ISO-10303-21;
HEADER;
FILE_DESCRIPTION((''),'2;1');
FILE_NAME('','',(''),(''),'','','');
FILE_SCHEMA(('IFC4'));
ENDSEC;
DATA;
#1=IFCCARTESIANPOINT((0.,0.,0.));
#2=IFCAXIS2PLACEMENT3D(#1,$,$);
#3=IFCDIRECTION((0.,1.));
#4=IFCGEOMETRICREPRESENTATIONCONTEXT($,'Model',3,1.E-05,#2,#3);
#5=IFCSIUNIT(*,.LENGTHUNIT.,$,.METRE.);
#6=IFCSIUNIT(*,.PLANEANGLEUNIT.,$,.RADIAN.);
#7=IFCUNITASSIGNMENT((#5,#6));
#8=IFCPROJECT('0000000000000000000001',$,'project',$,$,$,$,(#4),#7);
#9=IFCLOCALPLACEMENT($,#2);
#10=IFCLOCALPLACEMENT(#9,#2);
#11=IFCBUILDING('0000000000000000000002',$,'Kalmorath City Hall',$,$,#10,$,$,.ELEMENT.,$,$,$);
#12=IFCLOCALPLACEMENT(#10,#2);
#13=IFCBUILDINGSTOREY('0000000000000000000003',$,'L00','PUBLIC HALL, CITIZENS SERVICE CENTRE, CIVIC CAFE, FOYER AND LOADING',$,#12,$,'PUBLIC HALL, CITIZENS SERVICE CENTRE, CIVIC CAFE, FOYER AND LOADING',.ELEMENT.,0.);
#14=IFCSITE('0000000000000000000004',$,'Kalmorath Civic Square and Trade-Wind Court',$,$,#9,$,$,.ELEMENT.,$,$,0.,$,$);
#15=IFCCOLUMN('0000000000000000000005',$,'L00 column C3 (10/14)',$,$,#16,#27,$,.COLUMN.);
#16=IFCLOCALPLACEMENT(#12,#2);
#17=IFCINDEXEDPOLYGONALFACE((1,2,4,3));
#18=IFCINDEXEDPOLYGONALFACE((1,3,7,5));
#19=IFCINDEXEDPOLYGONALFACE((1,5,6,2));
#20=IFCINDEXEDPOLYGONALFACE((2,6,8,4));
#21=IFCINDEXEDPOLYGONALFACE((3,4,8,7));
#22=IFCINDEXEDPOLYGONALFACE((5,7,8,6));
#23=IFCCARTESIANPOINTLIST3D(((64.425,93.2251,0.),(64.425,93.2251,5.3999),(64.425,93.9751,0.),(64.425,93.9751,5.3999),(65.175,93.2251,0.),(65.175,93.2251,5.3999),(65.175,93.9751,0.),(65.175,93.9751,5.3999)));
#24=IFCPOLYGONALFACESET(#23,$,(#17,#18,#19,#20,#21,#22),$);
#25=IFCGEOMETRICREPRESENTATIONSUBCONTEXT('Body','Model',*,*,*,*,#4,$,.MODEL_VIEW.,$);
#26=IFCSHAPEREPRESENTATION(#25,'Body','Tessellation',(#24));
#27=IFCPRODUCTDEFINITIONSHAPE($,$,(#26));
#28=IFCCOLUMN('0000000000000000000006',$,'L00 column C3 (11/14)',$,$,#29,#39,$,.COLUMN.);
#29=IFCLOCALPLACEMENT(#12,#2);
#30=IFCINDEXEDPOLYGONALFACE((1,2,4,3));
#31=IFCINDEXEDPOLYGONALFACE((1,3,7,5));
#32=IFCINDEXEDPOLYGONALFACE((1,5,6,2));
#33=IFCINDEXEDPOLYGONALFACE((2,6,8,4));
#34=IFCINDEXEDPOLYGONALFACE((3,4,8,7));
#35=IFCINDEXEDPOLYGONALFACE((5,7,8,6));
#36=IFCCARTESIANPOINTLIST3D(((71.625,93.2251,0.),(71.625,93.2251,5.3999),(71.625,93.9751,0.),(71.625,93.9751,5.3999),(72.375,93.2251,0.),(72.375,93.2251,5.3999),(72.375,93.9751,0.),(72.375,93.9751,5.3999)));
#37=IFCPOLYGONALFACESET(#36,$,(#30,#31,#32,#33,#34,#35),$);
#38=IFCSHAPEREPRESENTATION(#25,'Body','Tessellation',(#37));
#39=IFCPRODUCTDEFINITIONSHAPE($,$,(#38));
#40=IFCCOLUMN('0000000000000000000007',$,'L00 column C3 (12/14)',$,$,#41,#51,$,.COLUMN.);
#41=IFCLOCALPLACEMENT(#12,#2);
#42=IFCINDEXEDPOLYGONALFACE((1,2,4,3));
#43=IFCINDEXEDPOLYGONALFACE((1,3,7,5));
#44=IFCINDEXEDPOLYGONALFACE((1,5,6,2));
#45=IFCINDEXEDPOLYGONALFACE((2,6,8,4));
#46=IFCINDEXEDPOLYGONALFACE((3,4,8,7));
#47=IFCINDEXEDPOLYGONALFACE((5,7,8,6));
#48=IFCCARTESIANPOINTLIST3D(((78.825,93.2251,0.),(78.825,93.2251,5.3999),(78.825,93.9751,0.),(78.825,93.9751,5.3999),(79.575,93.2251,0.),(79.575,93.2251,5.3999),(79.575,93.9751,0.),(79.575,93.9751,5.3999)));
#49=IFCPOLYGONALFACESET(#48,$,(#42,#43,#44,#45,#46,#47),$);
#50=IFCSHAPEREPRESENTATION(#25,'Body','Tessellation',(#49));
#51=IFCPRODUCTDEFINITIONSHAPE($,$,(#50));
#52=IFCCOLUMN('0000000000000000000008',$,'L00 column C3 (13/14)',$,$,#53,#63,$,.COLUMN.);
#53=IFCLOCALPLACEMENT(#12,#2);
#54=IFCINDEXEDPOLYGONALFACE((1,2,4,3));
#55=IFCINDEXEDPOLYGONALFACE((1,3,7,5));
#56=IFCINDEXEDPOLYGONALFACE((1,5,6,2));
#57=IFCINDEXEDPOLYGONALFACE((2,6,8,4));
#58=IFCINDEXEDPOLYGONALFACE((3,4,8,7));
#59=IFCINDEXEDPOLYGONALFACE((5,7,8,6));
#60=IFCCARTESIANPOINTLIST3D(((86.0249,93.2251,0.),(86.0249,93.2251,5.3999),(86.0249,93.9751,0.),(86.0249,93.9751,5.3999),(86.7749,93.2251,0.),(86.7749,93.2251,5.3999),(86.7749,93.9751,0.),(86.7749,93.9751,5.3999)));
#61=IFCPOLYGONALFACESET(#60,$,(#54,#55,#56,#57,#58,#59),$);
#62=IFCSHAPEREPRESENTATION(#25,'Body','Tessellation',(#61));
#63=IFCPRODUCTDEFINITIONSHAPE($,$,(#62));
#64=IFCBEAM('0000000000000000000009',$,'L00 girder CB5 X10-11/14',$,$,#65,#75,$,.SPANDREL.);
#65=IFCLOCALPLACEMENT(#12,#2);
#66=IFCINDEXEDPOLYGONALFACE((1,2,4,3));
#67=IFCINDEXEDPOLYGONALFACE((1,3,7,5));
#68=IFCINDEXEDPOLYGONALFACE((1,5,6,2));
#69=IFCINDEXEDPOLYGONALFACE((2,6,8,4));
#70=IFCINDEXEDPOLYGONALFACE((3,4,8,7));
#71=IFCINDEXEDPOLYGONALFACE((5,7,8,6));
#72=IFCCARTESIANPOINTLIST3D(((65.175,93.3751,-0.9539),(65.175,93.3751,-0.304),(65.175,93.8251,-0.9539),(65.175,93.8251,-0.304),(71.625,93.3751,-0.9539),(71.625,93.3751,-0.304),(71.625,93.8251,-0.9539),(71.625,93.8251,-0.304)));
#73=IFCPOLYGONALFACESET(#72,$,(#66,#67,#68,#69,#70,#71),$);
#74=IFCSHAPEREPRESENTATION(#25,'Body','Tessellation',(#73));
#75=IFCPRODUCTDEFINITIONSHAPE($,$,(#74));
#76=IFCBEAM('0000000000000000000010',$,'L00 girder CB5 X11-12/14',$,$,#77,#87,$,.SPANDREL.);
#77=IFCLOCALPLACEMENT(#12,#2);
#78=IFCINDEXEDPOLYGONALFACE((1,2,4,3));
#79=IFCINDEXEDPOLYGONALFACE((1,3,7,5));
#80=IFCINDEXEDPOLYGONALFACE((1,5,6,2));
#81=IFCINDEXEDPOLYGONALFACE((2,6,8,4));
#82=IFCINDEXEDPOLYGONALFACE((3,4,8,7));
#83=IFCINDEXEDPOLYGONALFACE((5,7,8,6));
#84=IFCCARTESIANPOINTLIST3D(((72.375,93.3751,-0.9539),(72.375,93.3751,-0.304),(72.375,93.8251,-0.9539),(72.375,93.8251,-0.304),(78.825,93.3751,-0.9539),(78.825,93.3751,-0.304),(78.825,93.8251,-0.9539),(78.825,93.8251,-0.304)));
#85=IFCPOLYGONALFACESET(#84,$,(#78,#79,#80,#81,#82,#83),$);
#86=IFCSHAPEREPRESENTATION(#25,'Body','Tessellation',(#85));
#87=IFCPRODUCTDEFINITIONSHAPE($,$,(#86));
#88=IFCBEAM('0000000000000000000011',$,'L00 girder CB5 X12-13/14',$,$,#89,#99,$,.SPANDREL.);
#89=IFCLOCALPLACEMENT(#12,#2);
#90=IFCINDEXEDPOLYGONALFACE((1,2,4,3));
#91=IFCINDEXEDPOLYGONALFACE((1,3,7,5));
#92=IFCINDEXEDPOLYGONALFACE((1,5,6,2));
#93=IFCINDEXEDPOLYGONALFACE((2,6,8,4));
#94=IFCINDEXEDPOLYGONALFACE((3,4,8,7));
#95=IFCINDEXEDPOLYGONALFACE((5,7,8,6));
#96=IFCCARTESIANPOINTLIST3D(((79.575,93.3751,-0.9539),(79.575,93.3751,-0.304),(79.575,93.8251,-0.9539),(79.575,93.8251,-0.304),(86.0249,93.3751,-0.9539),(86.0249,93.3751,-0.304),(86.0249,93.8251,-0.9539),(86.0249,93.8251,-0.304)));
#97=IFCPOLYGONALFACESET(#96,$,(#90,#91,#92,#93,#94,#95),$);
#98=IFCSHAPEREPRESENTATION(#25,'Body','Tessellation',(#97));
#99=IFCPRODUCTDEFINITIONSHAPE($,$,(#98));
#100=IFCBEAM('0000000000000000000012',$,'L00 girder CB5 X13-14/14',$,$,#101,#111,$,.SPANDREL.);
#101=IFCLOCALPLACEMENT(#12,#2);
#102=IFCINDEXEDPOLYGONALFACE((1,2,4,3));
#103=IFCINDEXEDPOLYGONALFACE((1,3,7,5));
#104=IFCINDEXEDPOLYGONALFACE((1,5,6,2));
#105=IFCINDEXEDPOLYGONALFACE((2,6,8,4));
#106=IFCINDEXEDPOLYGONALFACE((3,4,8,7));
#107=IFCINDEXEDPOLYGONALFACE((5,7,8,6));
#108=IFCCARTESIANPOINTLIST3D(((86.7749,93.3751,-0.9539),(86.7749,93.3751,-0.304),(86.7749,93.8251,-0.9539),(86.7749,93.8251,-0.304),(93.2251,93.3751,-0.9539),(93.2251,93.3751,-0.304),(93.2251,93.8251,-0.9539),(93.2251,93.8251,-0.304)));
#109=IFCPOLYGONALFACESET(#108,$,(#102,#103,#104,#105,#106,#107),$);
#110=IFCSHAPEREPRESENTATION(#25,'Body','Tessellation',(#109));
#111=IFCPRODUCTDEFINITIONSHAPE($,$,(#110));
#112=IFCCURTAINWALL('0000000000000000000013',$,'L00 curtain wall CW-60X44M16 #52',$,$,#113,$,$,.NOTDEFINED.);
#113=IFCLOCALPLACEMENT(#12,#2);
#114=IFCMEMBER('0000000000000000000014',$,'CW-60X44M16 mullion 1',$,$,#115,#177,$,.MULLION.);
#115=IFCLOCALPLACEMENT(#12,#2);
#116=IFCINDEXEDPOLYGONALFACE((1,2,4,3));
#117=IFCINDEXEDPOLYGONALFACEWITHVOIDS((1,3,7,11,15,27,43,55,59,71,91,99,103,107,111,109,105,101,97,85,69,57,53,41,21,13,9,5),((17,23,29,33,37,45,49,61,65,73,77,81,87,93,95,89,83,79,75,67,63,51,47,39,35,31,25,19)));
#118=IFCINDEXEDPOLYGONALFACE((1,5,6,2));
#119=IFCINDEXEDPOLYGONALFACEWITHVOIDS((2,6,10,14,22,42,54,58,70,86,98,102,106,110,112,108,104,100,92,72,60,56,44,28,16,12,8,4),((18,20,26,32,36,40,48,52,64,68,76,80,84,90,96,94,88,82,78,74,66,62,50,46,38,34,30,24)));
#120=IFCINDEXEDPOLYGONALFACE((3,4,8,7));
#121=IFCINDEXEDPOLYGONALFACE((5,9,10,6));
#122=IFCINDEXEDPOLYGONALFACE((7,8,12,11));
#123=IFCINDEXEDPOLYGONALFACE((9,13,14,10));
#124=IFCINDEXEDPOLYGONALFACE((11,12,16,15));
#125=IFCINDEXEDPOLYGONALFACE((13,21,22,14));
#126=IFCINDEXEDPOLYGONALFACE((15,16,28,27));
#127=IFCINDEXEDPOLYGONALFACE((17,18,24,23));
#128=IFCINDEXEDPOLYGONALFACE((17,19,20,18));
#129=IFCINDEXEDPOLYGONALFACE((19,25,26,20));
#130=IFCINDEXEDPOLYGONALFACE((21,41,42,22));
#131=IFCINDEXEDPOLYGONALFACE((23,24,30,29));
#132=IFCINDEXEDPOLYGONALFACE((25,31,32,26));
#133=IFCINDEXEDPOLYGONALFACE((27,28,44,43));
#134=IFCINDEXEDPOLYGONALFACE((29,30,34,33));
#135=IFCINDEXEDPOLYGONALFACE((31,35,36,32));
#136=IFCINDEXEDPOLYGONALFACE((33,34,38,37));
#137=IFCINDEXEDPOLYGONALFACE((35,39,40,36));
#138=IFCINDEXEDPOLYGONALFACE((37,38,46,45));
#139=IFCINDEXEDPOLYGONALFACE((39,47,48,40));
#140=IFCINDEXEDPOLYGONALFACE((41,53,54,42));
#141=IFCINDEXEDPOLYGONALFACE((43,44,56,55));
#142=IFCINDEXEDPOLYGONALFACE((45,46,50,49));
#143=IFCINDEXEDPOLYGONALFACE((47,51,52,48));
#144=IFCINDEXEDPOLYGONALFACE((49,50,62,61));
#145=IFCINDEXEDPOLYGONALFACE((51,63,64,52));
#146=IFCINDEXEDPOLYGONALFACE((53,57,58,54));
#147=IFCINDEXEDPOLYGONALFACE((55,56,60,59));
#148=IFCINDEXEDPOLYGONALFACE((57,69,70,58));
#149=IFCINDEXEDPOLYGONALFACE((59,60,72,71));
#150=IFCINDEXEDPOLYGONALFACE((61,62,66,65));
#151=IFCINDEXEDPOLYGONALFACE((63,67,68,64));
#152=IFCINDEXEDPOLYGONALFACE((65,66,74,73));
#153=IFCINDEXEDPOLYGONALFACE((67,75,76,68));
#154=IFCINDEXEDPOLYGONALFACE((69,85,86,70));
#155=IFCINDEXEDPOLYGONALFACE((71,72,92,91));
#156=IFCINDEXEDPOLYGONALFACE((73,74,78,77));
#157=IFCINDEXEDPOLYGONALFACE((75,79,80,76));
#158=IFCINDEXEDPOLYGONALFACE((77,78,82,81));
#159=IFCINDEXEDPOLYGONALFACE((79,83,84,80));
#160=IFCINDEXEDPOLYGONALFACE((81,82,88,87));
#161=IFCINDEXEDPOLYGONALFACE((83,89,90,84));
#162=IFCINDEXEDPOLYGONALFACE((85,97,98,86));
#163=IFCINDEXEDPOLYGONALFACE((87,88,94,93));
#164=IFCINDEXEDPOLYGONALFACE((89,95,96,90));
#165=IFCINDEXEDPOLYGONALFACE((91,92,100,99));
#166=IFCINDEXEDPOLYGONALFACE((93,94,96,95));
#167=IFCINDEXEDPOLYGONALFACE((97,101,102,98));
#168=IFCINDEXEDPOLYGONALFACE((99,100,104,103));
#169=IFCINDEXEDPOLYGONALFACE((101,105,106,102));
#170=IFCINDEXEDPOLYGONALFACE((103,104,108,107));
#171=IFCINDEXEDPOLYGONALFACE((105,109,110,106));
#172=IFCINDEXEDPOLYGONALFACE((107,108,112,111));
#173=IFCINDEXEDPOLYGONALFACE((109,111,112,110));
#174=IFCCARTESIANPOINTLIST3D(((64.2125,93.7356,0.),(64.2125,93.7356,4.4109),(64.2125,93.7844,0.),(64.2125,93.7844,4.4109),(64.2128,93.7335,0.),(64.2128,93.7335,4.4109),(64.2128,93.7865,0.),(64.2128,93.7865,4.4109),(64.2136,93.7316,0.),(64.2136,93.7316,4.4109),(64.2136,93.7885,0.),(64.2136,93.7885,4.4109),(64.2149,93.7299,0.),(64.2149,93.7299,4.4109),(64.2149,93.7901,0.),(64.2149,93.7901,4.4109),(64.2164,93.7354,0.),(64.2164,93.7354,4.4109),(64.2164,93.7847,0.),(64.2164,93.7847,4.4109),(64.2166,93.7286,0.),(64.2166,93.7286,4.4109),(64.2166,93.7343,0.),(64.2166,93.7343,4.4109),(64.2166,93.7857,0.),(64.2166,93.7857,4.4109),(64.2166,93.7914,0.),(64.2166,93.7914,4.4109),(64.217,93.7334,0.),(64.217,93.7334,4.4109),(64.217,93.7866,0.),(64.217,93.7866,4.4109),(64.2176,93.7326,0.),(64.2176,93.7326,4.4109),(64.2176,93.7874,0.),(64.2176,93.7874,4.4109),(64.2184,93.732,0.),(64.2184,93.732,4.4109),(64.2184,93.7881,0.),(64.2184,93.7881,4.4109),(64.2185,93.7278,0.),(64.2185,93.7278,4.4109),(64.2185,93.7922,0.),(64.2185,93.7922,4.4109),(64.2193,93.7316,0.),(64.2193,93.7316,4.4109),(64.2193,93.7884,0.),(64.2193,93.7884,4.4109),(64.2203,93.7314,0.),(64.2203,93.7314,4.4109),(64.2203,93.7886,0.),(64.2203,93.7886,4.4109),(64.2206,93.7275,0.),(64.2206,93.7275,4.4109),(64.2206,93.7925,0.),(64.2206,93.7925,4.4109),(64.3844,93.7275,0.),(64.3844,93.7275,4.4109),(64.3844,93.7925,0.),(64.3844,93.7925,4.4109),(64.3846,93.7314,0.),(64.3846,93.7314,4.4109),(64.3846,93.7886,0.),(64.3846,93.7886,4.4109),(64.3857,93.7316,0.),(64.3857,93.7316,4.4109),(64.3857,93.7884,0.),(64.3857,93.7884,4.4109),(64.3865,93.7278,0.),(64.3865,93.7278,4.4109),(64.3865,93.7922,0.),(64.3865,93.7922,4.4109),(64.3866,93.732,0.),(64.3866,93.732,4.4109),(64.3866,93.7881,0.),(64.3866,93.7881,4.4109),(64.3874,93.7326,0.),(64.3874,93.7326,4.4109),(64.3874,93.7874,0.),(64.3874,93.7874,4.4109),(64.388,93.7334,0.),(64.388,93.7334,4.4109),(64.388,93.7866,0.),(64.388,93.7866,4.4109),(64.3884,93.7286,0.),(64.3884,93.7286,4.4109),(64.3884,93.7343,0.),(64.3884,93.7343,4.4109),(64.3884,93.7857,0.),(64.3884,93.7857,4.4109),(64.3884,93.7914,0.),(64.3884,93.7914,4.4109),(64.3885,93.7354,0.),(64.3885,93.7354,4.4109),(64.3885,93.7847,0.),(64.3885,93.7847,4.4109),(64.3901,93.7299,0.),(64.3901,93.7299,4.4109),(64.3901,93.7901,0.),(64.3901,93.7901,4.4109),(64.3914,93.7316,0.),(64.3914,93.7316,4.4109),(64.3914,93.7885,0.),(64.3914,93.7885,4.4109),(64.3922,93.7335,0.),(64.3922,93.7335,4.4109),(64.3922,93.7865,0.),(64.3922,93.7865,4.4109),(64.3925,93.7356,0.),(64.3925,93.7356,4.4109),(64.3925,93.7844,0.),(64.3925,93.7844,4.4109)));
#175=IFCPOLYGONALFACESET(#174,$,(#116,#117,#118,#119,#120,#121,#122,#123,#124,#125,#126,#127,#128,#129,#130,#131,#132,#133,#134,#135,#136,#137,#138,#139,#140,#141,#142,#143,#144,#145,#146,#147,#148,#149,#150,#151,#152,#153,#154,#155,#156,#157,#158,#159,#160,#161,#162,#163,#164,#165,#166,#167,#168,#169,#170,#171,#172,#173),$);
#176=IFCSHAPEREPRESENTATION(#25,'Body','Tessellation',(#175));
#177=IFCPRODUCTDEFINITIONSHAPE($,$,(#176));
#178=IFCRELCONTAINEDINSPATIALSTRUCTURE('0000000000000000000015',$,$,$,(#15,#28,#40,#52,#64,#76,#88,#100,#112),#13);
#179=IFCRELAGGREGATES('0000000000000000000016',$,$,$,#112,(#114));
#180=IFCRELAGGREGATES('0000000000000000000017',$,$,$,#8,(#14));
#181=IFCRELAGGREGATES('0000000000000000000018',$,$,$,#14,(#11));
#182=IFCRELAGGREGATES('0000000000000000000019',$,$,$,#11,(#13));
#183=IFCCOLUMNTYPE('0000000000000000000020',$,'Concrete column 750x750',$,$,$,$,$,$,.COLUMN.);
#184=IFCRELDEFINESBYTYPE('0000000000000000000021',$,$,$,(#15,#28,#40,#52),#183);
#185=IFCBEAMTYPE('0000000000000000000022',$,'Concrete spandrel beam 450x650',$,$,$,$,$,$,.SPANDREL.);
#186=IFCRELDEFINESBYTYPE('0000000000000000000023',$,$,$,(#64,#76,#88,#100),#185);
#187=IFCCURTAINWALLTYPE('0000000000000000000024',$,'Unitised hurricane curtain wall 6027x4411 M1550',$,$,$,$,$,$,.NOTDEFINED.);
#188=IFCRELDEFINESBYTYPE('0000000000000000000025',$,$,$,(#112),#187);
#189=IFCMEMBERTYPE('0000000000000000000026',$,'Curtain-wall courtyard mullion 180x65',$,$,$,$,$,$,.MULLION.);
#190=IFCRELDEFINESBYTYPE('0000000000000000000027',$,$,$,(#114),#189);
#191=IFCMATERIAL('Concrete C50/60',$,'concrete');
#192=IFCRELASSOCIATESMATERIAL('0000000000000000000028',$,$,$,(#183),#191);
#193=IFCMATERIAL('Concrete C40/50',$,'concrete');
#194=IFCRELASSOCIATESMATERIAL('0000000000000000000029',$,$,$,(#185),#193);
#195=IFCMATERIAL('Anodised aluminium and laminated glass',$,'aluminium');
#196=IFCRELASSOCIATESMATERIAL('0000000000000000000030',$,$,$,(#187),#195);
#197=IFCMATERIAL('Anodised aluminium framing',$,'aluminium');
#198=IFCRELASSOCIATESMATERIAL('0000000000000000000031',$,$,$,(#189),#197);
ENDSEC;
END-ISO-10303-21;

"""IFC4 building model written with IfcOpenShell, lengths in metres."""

from ifc_helpers import new_model, si_unit, direction, frame, origin, origin_2d, place, context, subcontext, project, spatial, rectangle, hollow_rectangle, extrude, material, material_profile, profile_set, type_object, element, aggregate, save


model = new_model("IFC4")

# Units and contexts
model_context = context("Model", 3, precision=1e-05, world=origin(), true_north=direction((0.0, 1.0)))
body_context = subcontext(model_context, "Body", "Model", "MODEL_VIEW")
ifc_project = project(units=[si_unit("LENGTHUNIT", "METRE"), si_unit("PLANEANGLEUNIT", "RADIAN")], contexts=[model_context])

# Site, building, storey
site_placement = place(None, origin())
site = spatial("IfcSite", under=ifc_project, at=site_placement, Name="Kalmorath Civic Square and Trade-Wind Court", CompositionType="ELEMENT", RefElevation=0.0)
building_placement = place(site_placement, origin())
building = spatial("IfcBuilding", under=site, at=building_placement, Name="Kalmorath City Hall", CompositionType="ELEMENT")
storey_placement = place(building_placement, origin())
storey = spatial("IfcBuildingStorey", under=building, at=storey_placement, Name="L00", Description="PUBLIC HALL, CITIZENS SERVICE CENTRE, CIVIC CAFE, FOYER AND LOADING", LongName="PUBLIC HALL, CITIZENS SERVICE CENTRE, CIVIC CAFE, FOYER AND LOADING", CompositionType="ELEMENT", Elevation=0.0)

# Columns
ifc_material_1 = material(Name="Concrete C50/60", Category="concrete")
ifc_material_profile_1 = material_profile(ifc_material_1, rectangle(XDim=0.75, YDim=0.75, at=origin_2d()), Name="RC-COL-750X750")
ifc_profile_set_1 = profile_set([ifc_material_profile_1], Name="Concrete C50/60")
column_type = type_object("IfcColumnType", Name="Concrete column 750x750", PredefinedType="COLUMN", material=ifc_profile_set_1)
for number, where, z_axis, x_axis, name in (
    (1, (64.8, 93.6001, 0.0), (0.0, 0.0, 1.0), (1.0, 0.0, 0.0), "L00 column C3 (10/14)"),
    (2, (72.0, 93.6001, 0.0), (0.0, 0.0, 1.0), (1.0, 0.0, 0.0), "L00 column C3 (11/14)"),
    (3, (79.2, 93.6001, 0.0), (0.0, 0.0, 1.0), (1.0, 0.0, 0.0), "L00 column C3 (12/14)"),
    (4, (86.3999, 93.6001, 0.0), (0.0, 0.0, 1.0), (1.0, 0.0, 0.0), "L00 column C3 (13/14)"),
):
    element("IfcColumn", number, at=place(storey_placement, frame(where, z_axis=z_axis, x_axis=x_axis)), inside=storey, type_object=column_type, Name=name, PredefinedType="COLUMN", context=body_context, shape_type="SweptSolid", body=[
        extrude(rectangle(XDim=0.75, YDim=0.75, at=origin_2d()), origin(), (0.0, 0.0, 1.0), 5.3999),
    ])

# Beams
ifc_material_2 = material(Name="Concrete C40/50", Category="concrete")
ifc_material_profile_2 = material_profile(ifc_material_2, rectangle(XDim=0.45, YDim=0.6499, at=origin_2d()), Name="RC-BM-450X650")
ifc_profile_set_2 = profile_set([ifc_material_profile_2], Name="Concrete C40/50")
beam_type = type_object("IfcBeamType", Name="Concrete spandrel beam 450x650", PredefinedType="SPANDREL", material=ifc_profile_set_2)
for number, where, z_axis, x_axis, name in (
    (5, (65.175, 93.6001, -0.6289), (1.0, 0.0, 0.0), (0.0, 1.0, 0.0), "L00 girder CB5 X10-11/14"),
    (6, (72.375, 93.6001, -0.6289), (1.0, 0.0, 0.0), (0.0, 1.0, 0.0), "L00 girder CB5 X11-12/14"),
    (7, (79.575, 93.6001, -0.6289), (1.0, 0.0, 0.0), (0.0, 1.0, 0.0), "L00 girder CB5 X12-13/14"),
):
    element("IfcBeam", number, at=place(storey_placement, frame(where, z_axis=z_axis, x_axis=x_axis)), inside=storey, type_object=beam_type, Name=name, PredefinedType="SPANDREL", context=body_context, shape_type="SweptSolid", body=[
        extrude(rectangle(XDim=0.45, YDim=0.6499, at=origin_2d()), origin(), (0.0, 0.0, 1.0), 6.45),
    ])
beam_placement = place(storey_placement, frame((86.7749, 93.6001, -0.6289), z_axis=(1.0, 0.0, 0.0), x_axis=(0.0, 1.0, 0.0)))
element("IfcBeam", 8, at=beam_placement, inside=storey, type_object=beam_type, Name="L00 girder CB5 X13-14/14", PredefinedType="SPANDREL", context=body_context, shape_type="SweptSolid", body=[
    extrude(rectangle(XDim=0.45, YDim=0.6499, at=origin_2d()), origin(), (0.0, 0.0, 1.0), 6.4502),
])

# Curtain wall, member
ifc_material_3 = material(Name="Anodised aluminium and laminated glass", Category="aluminium")
curtain_wall_type = type_object("IfcCurtainWallType", Name="Unitised hurricane curtain wall 6027x4411 M1550", PredefinedType="NOTDEFINED", material=ifc_material_3)
curtain_wall_placement = place(storey_placement, origin())
curtain_wall = element("IfcCurtainWall", 9, at=curtain_wall_placement, inside=storey, type_object=curtain_wall_type, Name="L00 curtain wall CW-60X44M16 #52", PredefinedType="NOTDEFINED")
ifc_material_4 = material(Name="Anodised aluminium framing", Category="aluminium")
ifc_material_profile_3 = material_profile(ifc_material_4, hollow_rectangle(XDim=0.0649, YDim=0.1799, WallThickness=0.0039, InnerFilletRadius=0.0039, OuterFilletRadius=0.0081, at=origin_2d()), Name="ALU-MUL-180X65X4")
ifc_profile_set_3 = profile_set([ifc_material_profile_3], Name="Anodised aluminium framing")
member_type_1 = type_object("IfcMemberType", Name="Curtain-wall courtyard mullion 180x65", PredefinedType="MULLION", material=ifc_profile_set_3)
member_1_placement = place(storey_placement, frame((64.3025, 93.76, 0.0), z_axis=(0.0, 0.0, 1.0), x_axis=(0.0, -1.0, 0.0)))
member_1 = element("IfcMember", 10, at=member_1_placement, type_object=member_type_1, Name="CW-60X44M16 mullion 1", PredefinedType="MULLION", context=body_context, shape_type="SweptSolid", body=[
    extrude(hollow_rectangle(XDim=0.0649, YDim=0.1799, WallThickness=0.0039, InnerFilletRadius=0.0039, OuterFilletRadius=0.0081, at=origin_2d()), origin(), (0.0, 0.0, 1.0), 4.4109),
])
aggregate(curtain_wall, [member_1])

save(model, "model.ifc")
